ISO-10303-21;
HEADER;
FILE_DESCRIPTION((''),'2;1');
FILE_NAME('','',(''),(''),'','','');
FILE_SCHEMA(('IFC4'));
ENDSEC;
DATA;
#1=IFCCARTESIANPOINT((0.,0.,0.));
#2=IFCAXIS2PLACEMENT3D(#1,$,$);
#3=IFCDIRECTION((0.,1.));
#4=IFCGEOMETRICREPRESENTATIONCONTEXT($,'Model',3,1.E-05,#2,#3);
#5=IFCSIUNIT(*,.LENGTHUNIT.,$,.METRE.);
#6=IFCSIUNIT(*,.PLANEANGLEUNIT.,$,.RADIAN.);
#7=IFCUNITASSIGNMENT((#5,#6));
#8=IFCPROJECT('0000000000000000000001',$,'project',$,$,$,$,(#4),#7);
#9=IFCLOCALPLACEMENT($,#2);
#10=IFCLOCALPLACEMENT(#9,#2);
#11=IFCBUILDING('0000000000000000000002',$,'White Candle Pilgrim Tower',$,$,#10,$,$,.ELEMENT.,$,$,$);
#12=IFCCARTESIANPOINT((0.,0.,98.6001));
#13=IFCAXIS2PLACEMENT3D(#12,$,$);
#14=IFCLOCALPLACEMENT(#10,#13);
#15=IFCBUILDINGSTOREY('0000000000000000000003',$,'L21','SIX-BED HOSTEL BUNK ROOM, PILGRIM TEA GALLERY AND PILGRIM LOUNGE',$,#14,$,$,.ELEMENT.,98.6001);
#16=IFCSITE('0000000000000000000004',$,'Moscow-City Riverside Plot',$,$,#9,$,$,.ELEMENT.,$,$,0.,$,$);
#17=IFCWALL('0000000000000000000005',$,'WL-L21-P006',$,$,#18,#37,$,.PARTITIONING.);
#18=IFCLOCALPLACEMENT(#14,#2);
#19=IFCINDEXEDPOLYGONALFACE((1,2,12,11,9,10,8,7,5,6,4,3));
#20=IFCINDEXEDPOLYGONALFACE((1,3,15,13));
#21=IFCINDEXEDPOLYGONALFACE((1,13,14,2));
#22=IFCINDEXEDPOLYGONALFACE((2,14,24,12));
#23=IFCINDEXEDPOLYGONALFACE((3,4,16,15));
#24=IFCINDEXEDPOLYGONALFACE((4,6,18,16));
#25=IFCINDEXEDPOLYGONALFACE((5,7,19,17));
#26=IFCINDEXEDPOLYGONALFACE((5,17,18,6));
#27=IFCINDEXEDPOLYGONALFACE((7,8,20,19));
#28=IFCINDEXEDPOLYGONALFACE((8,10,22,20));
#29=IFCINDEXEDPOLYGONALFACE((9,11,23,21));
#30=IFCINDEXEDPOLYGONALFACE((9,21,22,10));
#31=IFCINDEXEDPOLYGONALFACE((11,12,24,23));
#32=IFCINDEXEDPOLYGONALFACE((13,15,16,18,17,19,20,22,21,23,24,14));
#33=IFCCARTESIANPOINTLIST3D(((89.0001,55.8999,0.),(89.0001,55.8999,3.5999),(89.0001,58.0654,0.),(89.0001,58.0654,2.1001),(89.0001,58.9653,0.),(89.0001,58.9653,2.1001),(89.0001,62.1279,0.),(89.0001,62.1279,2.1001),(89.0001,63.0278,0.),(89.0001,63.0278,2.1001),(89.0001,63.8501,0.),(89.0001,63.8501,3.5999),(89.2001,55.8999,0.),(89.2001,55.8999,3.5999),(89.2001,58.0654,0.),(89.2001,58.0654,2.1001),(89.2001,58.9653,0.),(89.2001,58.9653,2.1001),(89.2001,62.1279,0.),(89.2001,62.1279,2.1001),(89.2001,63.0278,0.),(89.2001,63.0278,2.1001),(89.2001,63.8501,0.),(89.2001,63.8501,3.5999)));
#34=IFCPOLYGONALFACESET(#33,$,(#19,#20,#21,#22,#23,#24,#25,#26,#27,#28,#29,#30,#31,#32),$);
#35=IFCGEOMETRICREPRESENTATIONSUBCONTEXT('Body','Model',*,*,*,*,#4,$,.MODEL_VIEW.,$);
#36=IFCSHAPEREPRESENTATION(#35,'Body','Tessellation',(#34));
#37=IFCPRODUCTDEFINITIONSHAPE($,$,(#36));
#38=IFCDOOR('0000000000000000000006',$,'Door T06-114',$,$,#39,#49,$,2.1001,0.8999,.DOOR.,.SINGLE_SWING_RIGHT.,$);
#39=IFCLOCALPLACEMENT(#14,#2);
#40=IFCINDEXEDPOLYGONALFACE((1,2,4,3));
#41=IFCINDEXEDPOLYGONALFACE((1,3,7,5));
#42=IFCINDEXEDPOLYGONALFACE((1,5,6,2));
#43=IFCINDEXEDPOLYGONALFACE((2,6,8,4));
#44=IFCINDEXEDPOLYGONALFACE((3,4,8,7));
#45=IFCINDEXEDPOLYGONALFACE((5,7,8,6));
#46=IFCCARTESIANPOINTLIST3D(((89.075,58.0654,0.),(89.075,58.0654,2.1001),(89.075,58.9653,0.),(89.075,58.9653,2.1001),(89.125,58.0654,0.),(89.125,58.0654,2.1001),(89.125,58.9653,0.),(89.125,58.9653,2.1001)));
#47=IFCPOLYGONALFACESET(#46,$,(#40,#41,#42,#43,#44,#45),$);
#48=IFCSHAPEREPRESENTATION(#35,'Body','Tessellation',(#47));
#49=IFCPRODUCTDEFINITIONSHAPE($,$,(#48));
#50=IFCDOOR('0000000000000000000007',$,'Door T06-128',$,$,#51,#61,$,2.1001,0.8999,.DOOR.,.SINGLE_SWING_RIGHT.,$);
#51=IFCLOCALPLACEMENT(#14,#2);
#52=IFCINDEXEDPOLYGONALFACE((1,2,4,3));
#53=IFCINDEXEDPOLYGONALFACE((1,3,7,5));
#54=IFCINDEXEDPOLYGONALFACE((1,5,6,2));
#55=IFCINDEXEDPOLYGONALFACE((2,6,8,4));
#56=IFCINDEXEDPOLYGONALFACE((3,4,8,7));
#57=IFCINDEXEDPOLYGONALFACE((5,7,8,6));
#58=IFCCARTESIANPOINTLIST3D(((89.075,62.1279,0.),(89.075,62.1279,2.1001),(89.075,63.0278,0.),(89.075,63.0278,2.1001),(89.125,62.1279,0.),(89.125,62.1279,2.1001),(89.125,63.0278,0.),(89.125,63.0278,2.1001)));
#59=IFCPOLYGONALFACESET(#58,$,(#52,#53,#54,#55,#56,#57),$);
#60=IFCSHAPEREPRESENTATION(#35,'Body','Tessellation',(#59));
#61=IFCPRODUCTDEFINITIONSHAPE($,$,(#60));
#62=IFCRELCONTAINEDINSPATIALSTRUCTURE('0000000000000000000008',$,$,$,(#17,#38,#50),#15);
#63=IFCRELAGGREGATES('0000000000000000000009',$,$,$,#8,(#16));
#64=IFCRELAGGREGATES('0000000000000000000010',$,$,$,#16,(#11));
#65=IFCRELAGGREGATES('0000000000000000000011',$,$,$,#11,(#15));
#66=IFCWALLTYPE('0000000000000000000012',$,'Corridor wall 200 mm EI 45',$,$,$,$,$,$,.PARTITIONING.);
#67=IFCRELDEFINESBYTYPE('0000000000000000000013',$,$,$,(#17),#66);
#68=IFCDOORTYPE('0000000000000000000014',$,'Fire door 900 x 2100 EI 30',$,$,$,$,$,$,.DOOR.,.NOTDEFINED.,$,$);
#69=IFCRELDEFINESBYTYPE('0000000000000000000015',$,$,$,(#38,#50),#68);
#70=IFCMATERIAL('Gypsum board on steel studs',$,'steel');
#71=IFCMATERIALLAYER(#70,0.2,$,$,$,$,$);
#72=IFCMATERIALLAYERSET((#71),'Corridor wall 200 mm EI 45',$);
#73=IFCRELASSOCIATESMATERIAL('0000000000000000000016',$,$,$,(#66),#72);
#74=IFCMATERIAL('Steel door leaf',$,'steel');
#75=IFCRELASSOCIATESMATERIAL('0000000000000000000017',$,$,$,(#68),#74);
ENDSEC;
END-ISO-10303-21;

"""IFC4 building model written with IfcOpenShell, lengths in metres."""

from ifc_helpers import new_model, si_unit, direction, frame, frame_2d, origin, place, context, subcontext, project, spatial, rectangle, extrude, material, layer, layer_set, type_object, element, fill, save


model = new_model("IFC4")

# Units and contexts
model_context = context("Model", 3, precision=1e-05, world=origin(), true_north=direction((0.0, 1.0)))
body_context = subcontext(model_context, "Body", "Model", "MODEL_VIEW")
ifc_project = project(units=[si_unit("LENGTHUNIT", "METRE"), si_unit("PLANEANGLEUNIT", "RADIAN")], contexts=[model_context])

# Site, building, storey
site_placement = place(None, origin())
site = spatial("IfcSite", under=ifc_project, at=site_placement, Name="Moscow-City Riverside Plot", CompositionType="ELEMENT", RefElevation=0.0)
building_placement = place(site_placement, origin())
building = spatial("IfcBuilding", under=site, at=building_placement, Name="White Candle Pilgrim Tower", CompositionType="ELEMENT")
storey_placement = place(building_placement, frame((0.0, 0.0, 98.6001)))
storey = spatial("IfcBuildingStorey", under=building, at=storey_placement, Name="L21", Description="SIX-BED HOSTEL BUNK ROOM, PILGRIM TEA GALLERY AND PILGRIM LOUNGE", CompositionType="ELEMENT", Elevation=98.6001)

# Wall, openings, doors
ifc_material_1 = material(Name="Gypsum board on steel studs", Category="steel")
ifc_layer_1 = layer(ifc_material_1, 0.2)
ifc_layer_set_1 = layer_set([ifc_layer_1], Name="Corridor wall 200 mm EI 45")
wall_type_1 = type_object("IfcWallType", Name="Corridor wall 200 mm EI 45", PredefinedType="PARTITIONING", material=ifc_layer_set_1)
wall_1_placement = place(storey_placement, frame((89.1001, 63.8501, 0.0), z_axis=(0.0, 0.0, 1.0), x_axis=(0.0, -1.0, 0.0)))
wall_1 = element("IfcWall", 1, at=wall_1_placement, inside=storey, type_object=wall_type_1, Name="WL-L21-P006", PredefinedType="PARTITIONING", context=body_context, shape_type="SweptSolid", body=[
    extrude(rectangle(XDim=7.9502, YDim=0.2, at=frame_2d((3.9751, 0.0))), origin(), (0.0, 0.0, 1.0), 3.5999),
])
opening_1_placement = place(wall_1_placement, frame((4.8848, 0.0, 0.0)))
opening_1 = element("IfcOpeningElement", 2, at=opening_1_placement, cuts=wall_1, PredefinedType="OPENING", context=body_context, shape_type="SweptSolid", body=[
    extrude(rectangle(XDim=0.8999, YDim=2.1001, at=frame_2d((0.45, 1.05))), frame((0.0, 0.1099, 0.0), z_axis=(0.0, -1.0, 0.0), x_axis=(1.0, 0.0, 0.0)), (0.0, 0.0, 1.0), 0.22),
])
opening_2_placement = place(wall_1_placement, frame((0.8223, 0.0, 0.0)))
opening_2 = element("IfcOpeningElement", 3, at=opening_2_placement, cuts=wall_1, PredefinedType="OPENING", context=body_context, shape_type="SweptSolid", body=[
    extrude(rectangle(XDim=0.8999, YDim=2.1001, at=frame_2d((0.45, 1.05))), frame((0.0, 0.1099, 0.0), z_axis=(0.0, -1.0, 0.0), x_axis=(1.0, 0.0, 0.0)), (0.0, 0.0, 1.0), 0.22),
])
ifc_material_2 = material(Name="Steel door leaf", Category="steel")
door_type_1 = type_object("IfcDoorType", Name="Fire door 900 x 2100 EI 30", OperationType="NOTDEFINED", PredefinedType="DOOR", material=ifc_material_2)
door_1_placement = place(opening_1_placement, origin())
door_1 = element("IfcDoor", 4, at=door_1_placement, inside=storey, type_object=door_type_1, Name="Door T06-114", OperationType="SINGLE_SWING_RIGHT", OverallHeight=2.1001, OverallWidth=0.8999, PredefinedType="DOOR", context=body_context, shape_type="SweptSolid", body=[
    extrude(rectangle(XDim=0.8999, YDim=2.1001, at=frame_2d((0.45, 1.05))), frame((0.0, 0.0249, 0.0), z_axis=(0.0, -1.0, 0.0), x_axis=(1.0, 0.0, 0.0)), (0.0, 0.0, 1.0), 0.05),
])
fill(opening_1, door_1)
door_2_placement = place(opening_2_placement, origin())
door_2 = element("IfcDoor", 5, at=door_2_placement, inside=storey, type_object=door_type_1, Name="Door T06-128", OperationType="SINGLE_SWING_RIGHT", OverallHeight=2.1001, OverallWidth=0.8999, PredefinedType="DOOR", context=body_context, shape_type="SweptSolid", body=[
    extrude(rectangle(XDim=0.8999, YDim=2.1001, at=frame_2d((0.45, 1.05))), frame((0.0, 0.0249, 0.0), z_axis=(0.0, -1.0, 0.0), x_axis=(1.0, 0.0, 0.0)), (0.0, 0.0, 1.0), 0.05),
])
fill(opening_2, door_2)

save(model, "model.ifc")
